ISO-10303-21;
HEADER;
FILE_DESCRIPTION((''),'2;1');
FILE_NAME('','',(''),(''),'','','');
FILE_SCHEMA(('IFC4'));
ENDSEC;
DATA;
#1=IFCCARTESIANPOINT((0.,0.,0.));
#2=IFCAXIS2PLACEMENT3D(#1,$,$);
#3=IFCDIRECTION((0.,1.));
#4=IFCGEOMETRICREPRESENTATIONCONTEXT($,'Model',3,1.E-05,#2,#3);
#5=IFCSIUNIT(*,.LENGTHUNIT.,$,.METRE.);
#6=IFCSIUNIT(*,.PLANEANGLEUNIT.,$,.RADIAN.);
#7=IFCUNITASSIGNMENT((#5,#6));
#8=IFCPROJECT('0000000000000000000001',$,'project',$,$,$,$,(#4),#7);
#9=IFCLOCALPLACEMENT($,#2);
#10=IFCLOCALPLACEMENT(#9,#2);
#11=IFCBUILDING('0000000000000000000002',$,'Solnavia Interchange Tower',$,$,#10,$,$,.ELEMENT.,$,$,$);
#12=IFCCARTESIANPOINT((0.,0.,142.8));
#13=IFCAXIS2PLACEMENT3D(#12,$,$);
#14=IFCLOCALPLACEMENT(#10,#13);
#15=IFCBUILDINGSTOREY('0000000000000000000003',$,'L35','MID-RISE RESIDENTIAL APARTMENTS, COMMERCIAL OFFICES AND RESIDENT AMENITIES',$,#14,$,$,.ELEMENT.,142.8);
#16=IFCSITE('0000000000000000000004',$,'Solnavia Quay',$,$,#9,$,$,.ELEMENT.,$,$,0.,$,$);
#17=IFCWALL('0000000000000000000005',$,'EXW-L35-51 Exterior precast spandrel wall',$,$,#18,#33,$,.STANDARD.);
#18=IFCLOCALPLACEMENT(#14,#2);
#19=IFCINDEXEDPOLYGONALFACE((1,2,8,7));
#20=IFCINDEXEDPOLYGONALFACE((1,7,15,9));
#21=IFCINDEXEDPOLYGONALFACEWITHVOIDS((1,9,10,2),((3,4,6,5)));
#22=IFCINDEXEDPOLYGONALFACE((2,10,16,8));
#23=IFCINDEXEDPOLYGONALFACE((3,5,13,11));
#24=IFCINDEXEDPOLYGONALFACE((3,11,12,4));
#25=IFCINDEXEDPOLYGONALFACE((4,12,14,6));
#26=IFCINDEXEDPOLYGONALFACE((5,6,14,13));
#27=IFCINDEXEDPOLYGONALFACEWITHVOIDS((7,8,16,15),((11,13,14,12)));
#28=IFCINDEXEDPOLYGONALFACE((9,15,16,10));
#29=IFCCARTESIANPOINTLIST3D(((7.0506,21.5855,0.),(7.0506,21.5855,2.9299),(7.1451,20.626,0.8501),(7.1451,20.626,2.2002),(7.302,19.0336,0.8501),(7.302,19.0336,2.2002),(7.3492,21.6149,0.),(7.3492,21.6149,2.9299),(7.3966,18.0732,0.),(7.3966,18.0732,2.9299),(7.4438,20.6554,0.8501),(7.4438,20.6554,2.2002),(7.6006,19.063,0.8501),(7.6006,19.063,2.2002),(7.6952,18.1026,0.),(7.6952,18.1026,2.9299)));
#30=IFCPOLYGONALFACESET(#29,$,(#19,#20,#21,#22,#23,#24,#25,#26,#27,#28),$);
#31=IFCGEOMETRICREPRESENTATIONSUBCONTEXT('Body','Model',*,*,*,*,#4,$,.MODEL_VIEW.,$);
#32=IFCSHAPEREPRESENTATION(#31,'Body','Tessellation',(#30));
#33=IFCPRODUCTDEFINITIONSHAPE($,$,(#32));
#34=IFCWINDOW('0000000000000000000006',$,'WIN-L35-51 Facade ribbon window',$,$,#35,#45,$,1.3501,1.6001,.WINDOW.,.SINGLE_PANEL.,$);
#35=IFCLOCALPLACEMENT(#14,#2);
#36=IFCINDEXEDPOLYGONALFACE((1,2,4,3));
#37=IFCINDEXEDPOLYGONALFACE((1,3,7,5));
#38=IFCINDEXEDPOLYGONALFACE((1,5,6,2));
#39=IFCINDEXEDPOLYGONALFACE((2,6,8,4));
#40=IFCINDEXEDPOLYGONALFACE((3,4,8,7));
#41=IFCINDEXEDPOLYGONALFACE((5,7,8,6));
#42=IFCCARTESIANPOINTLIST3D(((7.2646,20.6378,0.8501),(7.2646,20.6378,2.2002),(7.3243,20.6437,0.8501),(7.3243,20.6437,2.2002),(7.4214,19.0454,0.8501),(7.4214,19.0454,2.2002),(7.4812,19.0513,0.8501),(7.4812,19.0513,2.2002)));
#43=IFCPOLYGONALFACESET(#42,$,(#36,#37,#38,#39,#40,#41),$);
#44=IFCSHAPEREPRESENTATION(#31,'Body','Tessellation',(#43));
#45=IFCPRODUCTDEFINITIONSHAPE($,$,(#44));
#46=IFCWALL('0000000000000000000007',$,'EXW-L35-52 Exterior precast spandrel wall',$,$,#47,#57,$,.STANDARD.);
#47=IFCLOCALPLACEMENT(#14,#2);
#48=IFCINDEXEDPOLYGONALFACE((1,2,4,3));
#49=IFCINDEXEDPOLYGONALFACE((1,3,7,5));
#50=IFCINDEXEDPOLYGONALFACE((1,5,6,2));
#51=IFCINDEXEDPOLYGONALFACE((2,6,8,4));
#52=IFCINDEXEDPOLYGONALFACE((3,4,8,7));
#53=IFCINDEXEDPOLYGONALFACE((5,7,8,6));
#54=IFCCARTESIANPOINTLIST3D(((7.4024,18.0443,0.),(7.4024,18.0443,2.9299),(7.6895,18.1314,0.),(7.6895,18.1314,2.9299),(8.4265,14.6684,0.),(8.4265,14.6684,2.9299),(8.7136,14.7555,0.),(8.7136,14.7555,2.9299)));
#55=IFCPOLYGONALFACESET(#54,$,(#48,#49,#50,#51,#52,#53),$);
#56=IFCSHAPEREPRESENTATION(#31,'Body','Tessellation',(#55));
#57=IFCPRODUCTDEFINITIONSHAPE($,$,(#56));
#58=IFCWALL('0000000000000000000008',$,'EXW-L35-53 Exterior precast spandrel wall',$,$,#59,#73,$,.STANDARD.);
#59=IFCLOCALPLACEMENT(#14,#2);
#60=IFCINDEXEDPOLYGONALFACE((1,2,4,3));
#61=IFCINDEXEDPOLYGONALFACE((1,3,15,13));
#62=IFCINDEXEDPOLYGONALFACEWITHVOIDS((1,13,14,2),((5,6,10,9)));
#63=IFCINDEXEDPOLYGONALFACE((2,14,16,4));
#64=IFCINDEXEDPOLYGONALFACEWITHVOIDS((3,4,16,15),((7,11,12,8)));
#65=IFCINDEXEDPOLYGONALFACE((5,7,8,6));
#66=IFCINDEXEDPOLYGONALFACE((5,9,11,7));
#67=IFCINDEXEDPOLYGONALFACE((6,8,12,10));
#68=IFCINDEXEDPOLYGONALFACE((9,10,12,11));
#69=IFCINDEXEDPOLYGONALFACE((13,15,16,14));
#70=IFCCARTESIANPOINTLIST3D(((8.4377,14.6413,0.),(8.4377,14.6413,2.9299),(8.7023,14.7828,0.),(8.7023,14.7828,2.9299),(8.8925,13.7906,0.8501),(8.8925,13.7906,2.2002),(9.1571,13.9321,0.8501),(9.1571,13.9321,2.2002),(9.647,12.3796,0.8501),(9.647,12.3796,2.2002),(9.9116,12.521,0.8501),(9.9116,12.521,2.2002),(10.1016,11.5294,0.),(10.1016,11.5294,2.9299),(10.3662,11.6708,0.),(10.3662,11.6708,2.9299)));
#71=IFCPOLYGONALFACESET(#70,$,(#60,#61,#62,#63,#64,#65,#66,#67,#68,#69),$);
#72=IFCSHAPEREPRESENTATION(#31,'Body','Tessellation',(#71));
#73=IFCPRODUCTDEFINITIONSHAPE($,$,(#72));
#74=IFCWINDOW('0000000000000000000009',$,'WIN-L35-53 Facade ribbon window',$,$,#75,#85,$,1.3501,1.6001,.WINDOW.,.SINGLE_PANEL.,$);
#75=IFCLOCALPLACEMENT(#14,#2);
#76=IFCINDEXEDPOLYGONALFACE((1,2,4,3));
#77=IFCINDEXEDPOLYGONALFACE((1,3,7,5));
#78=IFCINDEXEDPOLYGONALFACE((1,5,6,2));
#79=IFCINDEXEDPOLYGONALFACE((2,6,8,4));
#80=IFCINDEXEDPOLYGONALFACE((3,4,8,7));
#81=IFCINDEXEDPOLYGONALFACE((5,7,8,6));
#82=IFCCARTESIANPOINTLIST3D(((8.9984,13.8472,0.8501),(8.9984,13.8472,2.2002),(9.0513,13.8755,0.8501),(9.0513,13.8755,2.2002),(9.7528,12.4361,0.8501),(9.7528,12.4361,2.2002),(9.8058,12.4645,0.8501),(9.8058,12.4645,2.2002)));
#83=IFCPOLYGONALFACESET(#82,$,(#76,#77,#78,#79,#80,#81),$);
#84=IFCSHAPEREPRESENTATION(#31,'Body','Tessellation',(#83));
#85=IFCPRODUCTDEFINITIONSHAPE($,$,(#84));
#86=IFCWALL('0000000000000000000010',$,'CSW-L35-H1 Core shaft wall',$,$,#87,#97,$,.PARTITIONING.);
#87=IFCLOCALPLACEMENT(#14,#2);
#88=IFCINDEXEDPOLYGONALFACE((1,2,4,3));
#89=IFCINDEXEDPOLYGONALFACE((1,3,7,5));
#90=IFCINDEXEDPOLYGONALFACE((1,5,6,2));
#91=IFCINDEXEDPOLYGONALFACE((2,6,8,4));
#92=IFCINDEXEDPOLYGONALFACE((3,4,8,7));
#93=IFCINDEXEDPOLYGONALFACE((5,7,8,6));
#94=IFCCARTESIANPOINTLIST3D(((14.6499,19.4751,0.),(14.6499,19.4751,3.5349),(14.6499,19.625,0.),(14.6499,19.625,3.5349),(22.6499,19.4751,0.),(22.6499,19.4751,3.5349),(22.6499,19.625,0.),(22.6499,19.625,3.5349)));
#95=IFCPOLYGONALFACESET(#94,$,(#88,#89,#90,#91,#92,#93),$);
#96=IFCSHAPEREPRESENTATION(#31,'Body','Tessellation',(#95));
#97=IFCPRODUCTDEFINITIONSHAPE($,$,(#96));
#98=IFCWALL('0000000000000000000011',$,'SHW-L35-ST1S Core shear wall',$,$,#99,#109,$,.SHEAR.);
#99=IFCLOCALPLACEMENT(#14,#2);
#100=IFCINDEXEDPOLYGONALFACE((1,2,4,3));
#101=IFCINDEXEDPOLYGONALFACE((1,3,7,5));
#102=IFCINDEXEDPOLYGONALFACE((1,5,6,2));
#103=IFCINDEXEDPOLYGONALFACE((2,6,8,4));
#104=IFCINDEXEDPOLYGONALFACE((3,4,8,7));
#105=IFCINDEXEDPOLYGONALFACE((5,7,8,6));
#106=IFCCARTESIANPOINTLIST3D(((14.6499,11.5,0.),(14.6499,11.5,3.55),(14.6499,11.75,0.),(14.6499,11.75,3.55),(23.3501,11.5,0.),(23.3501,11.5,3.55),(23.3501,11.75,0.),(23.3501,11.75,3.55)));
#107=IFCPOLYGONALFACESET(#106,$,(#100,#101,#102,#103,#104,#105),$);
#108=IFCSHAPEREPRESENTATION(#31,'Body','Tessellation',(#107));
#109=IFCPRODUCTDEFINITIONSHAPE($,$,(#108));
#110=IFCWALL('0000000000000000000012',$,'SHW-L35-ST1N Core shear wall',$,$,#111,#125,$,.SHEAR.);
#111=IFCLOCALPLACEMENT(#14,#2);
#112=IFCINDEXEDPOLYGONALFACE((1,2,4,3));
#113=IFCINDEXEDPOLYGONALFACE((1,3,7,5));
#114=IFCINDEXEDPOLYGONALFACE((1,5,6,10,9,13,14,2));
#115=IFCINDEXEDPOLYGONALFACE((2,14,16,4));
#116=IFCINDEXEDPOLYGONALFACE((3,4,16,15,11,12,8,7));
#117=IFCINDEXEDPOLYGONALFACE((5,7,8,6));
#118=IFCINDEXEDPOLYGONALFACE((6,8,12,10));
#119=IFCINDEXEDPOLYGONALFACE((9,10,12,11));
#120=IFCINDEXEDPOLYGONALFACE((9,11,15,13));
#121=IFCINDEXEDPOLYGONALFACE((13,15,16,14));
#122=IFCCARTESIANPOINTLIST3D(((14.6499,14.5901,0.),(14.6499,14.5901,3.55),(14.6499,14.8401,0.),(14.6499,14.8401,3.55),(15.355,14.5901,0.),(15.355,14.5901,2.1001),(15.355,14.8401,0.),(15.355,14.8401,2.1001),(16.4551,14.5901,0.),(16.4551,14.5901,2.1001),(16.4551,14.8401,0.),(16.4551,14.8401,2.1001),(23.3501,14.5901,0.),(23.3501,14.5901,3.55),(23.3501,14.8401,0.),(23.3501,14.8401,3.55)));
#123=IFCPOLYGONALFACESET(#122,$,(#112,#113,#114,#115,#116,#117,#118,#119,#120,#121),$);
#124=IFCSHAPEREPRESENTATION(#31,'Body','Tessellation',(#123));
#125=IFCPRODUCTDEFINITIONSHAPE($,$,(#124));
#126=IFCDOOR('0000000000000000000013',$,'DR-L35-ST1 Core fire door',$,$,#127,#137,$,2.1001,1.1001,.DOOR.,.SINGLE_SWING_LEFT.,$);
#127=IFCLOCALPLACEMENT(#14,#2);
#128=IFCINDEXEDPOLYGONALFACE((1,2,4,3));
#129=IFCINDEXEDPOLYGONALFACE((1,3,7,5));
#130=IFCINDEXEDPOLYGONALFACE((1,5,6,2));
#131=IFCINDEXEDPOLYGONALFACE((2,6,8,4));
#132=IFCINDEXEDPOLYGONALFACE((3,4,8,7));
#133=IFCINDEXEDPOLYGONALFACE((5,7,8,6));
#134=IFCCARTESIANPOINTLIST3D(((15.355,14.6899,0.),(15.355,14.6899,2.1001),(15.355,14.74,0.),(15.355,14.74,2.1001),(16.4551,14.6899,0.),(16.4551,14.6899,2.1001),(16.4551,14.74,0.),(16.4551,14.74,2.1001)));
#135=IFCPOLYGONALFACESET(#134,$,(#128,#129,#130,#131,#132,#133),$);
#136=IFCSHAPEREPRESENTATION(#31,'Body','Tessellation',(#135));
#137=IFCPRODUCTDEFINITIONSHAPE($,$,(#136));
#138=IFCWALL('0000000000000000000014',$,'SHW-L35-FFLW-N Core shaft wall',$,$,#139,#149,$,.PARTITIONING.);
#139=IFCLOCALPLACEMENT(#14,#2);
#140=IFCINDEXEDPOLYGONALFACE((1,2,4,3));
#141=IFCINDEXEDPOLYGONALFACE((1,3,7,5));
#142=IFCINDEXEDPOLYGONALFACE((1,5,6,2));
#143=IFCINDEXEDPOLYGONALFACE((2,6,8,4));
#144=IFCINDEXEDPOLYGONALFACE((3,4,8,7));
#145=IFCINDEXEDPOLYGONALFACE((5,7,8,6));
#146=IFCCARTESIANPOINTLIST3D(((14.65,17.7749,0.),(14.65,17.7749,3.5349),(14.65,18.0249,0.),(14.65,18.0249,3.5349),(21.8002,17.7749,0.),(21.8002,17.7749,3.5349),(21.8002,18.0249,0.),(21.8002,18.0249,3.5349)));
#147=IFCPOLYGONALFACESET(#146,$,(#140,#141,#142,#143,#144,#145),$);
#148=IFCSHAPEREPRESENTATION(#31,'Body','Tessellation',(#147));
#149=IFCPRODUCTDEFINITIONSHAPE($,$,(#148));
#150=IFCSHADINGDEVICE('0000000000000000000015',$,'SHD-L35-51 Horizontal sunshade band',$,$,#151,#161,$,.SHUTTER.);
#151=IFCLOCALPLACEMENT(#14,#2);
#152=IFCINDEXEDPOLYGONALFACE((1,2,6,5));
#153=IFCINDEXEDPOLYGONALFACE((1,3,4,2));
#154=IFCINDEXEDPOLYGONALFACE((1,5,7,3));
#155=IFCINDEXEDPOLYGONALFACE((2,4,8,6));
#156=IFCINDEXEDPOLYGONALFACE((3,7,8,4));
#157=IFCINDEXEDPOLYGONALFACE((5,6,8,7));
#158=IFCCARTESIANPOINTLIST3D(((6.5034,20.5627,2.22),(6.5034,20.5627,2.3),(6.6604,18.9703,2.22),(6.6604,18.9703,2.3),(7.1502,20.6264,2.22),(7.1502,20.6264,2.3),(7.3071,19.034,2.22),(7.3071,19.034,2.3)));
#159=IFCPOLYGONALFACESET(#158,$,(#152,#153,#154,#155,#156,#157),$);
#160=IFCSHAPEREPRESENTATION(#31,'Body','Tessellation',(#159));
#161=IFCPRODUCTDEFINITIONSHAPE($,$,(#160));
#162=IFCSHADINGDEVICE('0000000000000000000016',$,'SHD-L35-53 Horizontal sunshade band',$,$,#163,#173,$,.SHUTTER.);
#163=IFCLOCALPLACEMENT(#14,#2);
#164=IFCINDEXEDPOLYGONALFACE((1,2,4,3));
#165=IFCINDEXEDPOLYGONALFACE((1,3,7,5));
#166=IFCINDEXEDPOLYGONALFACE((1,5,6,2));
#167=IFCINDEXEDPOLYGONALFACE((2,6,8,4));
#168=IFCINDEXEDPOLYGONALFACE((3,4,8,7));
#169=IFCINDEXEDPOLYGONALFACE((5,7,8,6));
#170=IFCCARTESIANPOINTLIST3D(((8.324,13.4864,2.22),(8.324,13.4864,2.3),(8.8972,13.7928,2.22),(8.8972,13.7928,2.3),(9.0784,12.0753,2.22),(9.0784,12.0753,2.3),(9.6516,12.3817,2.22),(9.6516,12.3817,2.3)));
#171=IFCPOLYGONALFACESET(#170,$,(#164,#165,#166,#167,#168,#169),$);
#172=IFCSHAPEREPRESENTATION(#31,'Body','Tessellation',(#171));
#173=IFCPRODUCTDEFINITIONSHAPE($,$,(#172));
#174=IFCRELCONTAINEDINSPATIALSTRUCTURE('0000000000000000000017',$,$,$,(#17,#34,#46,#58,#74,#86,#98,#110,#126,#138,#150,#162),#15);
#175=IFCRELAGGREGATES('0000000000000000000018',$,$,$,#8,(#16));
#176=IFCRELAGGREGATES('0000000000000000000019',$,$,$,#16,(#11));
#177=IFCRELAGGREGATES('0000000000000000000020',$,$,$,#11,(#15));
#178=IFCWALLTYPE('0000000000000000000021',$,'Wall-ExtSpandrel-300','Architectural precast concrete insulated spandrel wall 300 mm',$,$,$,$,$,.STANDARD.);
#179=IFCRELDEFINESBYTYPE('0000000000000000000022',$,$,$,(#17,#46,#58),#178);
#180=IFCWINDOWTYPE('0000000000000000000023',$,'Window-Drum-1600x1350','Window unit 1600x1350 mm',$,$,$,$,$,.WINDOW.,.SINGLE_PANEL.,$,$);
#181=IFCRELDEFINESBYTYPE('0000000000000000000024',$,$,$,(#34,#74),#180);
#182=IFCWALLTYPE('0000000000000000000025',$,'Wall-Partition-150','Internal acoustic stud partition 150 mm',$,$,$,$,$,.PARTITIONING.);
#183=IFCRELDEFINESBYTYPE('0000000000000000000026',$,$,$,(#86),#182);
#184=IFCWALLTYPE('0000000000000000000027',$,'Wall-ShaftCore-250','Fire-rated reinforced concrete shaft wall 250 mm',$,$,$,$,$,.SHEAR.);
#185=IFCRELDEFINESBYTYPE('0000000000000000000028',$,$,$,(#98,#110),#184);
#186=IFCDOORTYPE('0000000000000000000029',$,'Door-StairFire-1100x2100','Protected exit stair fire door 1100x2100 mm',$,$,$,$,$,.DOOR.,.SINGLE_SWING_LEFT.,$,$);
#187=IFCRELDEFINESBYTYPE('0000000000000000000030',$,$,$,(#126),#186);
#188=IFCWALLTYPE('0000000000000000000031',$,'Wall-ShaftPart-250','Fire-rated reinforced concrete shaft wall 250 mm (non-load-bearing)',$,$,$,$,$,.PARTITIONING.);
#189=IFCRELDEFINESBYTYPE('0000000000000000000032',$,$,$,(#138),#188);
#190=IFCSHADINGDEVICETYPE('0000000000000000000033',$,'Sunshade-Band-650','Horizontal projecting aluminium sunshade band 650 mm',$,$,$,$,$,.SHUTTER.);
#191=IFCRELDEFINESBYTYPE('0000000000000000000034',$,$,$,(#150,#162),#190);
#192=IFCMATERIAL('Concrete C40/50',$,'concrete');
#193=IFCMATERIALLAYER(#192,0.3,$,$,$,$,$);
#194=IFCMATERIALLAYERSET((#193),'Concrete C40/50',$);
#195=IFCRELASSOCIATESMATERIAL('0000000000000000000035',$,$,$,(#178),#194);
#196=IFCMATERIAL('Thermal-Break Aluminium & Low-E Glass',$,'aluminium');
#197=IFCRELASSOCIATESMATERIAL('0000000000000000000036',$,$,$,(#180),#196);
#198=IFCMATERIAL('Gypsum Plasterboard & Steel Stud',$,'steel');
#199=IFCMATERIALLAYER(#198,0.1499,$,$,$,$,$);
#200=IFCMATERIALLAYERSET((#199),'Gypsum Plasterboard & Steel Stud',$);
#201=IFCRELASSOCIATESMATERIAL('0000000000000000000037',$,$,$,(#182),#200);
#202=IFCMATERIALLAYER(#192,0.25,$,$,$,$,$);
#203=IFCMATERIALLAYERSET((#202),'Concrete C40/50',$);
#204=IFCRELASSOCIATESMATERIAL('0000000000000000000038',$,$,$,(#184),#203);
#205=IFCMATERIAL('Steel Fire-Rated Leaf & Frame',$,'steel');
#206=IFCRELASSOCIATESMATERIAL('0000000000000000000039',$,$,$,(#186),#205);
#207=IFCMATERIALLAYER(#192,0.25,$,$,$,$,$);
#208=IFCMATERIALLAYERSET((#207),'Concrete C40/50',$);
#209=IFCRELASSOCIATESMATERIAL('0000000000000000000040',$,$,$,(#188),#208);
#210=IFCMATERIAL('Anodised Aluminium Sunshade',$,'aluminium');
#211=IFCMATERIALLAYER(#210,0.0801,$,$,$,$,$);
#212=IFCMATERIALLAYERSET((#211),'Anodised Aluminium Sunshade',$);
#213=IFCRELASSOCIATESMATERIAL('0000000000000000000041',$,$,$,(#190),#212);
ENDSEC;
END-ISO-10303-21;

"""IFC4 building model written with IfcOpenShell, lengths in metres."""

from ifc_helpers import new_model, si_unit, direction, frame, frame_2d, origin, origin_2d, place, context, subcontext, project, spatial, rectangle, extrude, material, layer, layer_set, type_object, element, fill, save


model = new_model("IFC4")

# Units and contexts
model_context = context("Model", 3, precision=1e-05, world=origin(), true_north=direction((0.0, 1.0)))
body_context = subcontext(model_context, "Body", "Model", "MODEL_VIEW")
ifc_project = project(units=[si_unit("LENGTHUNIT", "METRE"), si_unit("PLANEANGLEUNIT", "RADIAN")], contexts=[model_context])

# Site, building, storey
site_placement = place(None, origin())
site = spatial("IfcSite", under=ifc_project, at=site_placement, Name="Solnavia Quay", CompositionType="ELEMENT", RefElevation=0.0)
building_placement = place(site_placement, origin())
building = spatial("IfcBuilding", under=site, at=building_placement, Name="Solnavia Interchange Tower", CompositionType="ELEMENT")
storey_placement = place(building_placement, frame((0.0, 0.0, 142.8)))
storey = spatial("IfcBuildingStorey", under=building, at=storey_placement, Name="L35", Description="MID-RISE RESIDENTIAL APARTMENTS, COMMERCIAL OFFICES AND RESIDENT AMENITIES", CompositionType="ELEMENT", Elevation=142.8)

# Wall, opening, window
ifc_material_1 = material(Name="Concrete C40/50", Category="concrete")
ifc_layer_1 = layer(ifc_material_1, 0.3)
ifc_layer_set_1 = layer_set([ifc_layer_1], Name="Concrete C40/50")
wall_type_1 = type_object("IfcWallType", Name="Wall-ExtSpandrel-300", Description="Architectural precast concrete insulated spandrel wall 300 mm", PredefinedType="STANDARD", material=ifc_layer_set_1)
ifc_material_2 = material(Name="Thermal-Break Aluminium & Low-E Glass", Category="aluminium")
wall_1_placement = place(storey_placement, frame((7.5459, 18.0879, 0.0), z_axis=(0.0, 0.0, 1.0), x_axis=(-0.098024, 0.995184, 0.0)))
wall_1 = element("IfcWall", 1, at=wall_1_placement, inside=storey, type_object=wall_type_1, Name="EXW-L35-51 Exterior precast spandrel wall", PredefinedType="STANDARD", context=body_context, shape_type="SweptSolid", body=[
    extrude(rectangle(XDim=3.5293, YDim=0.3, at=frame_2d((1.7646, 0.0))), origin(), (0.0, 0.0, 1.0), 2.9299),
])
opening_1_placement = place(wall_1_placement, frame((0.9651, 0.0, 0.8501)))
opening_1 = element("IfcOpeningElement", 2, at=opening_1_placement, cuts=wall_1, PredefinedType="OPENING", context=body_context, shape_type="SweptSolid", body=[
    extrude(rectangle(XDim=1.6001, YDim=1.3501, at=frame_2d((0.8, 0.675))), frame((0.0, 0.1602, 0.0), z_axis=(0.0, -1.0, 0.0), x_axis=(1.0, 0.0, 0.0)), (0.0, 0.0, 1.0), 0.3201),
])
window_type_1 = type_object("IfcWindowType", Name="Window-Drum-1600x1350", Description="Window unit 1600x1350 mm", PartitioningType="SINGLE_PANEL", PredefinedType="WINDOW", material=ifc_material_2)
window_1_placement = place(opening_1_placement, origin())
window_1 = element("IfcWindow", 3, at=window_1_placement, inside=storey, type_object=window_type_1, Name="WIN-L35-51 Facade ribbon window", OverallHeight=1.3501, OverallWidth=1.6001, PartitioningType="SINGLE_PANEL", PredefinedType="WINDOW", context=body_context, shape_type="SweptSolid", body=[
    extrude(rectangle(XDim=1.6001, YDim=1.3501, at=frame_2d((0.8, 0.675))), frame((0.0, 0.03, 0.0), z_axis=(0.0, -1.0, 0.0), x_axis=(1.0, 0.0, 0.0)), (0.0, 0.0, 1.0), 0.0601),
])
fill(opening_1, window_1)

# Wall
wall_2_placement = place(storey_placement, frame((8.5701, 14.7119, 0.0), z_axis=(0.0, 0.0, 1.0), x_axis=(-0.290305, 0.956934, 0.0)))
element("IfcWall", 4, at=wall_2_placement, inside=storey, type_object=wall_type_1, Name="EXW-L35-52 Exterior precast spandrel wall", PredefinedType="STANDARD", context=body_context, shape_type="SweptSolid", body=[
    extrude(rectangle(XDim=3.5278, YDim=0.3, at=frame_2d((1.7639, 0.0))), origin(), (0.0, 0.0, 1.0), 2.9299),
])

# Wall, opening, window
wall_3_placement = place(storey_placement, frame((10.2339, 11.6001, 0.0), z_axis=(0.0, 0.0, 1.0), x_axis=(-0.471511, 0.88186, 0.0)))
wall_3 = element("IfcWall", 5, at=wall_3_placement, inside=storey, type_object=wall_type_1, Name="EXW-L35-53 Exterior precast spandrel wall", PredefinedType="STANDARD", context=body_context, shape_type="SweptSolid", body=[
    extrude(rectangle(XDim=3.5288, YDim=0.3, at=frame_2d((1.7644, 0.0))), origin(), (0.0, 0.0, 1.0), 2.9299),
])
opening_2_placement = place(wall_3_placement, frame((0.9641, 0.0, 0.8501)))
opening_2 = element("IfcOpeningElement", 6, at=opening_2_placement, cuts=wall_3, PredefinedType="OPENING", context=body_context, shape_type="SweptSolid", body=[
    extrude(rectangle(XDim=1.6001, YDim=1.3501, at=frame_2d((0.8, 0.675))), frame((0.0, 0.1602, 0.0), z_axis=(0.0, -1.0, 0.0), x_axis=(1.0, 0.0, 0.0)), (0.0, 0.0, 1.0), 0.3201),
])
window_2_placement = place(opening_2_placement, origin())
window_2 = element("IfcWindow", 7, at=window_2_placement, inside=storey, type_object=window_type_1, Name="WIN-L35-53 Facade ribbon window", OverallHeight=1.3501, OverallWidth=1.6001, PartitioningType="SINGLE_PANEL", PredefinedType="WINDOW", context=body_context, shape_type="SweptSolid", body=[
    extrude(rectangle(XDim=1.6001, YDim=1.3501, at=frame_2d((0.8, 0.675))), frame((0.0, 0.03, 0.0), z_axis=(0.0, -1.0, 0.0), x_axis=(1.0, 0.0, 0.0)), (0.0, 0.0, 1.0), 0.0601),
])
fill(opening_2, window_2)

# Walls
ifc_material_3 = material(Name="Gypsum Plasterboard & Steel Stud", Category="steel")
ifc_layer_2 = layer(ifc_material_3, 0.1499)
ifc_layer_set_2 = layer_set([ifc_layer_2], Name="Gypsum Plasterboard & Steel Stud")
wall_type_2 = type_object("IfcWallType", Name="Wall-Partition-150", Description="Internal acoustic stud partition 150 mm", PredefinedType="PARTITIONING", material=ifc_layer_set_2)
wall_4_placement = place(storey_placement, frame((14.6499, 19.55, 0.0), z_axis=(0.0, 0.0, 1.0), x_axis=(1.0, 0.0, 0.0)))
element("IfcWall", 8, at=wall_4_placement, inside=storey, type_object=wall_type_2, Name="CSW-L35-H1 Core shaft wall", PredefinedType="PARTITIONING", context=body_context, shape_type="SweptSolid", body=[
    extrude(rectangle(XDim=8.0, YDim=0.1499, at=frame_2d((4.0, 0.0))), origin(), (0.0, 0.0, 1.0), 3.5349),
])
ifc_layer_3 = layer(ifc_material_1, 0.25)
ifc_layer_set_3 = layer_set([ifc_layer_3], Name="Concrete C40/50")
wall_type_3 = type_object("IfcWallType", Name="Wall-ShaftCore-250", Description="Fire-rated reinforced concrete shaft wall 250 mm", PredefinedType="SHEAR", material=ifc_layer_set_3)
wall_5_placement = place(storey_placement, frame((14.6499, 11.625, 0.0), z_axis=(0.0, 0.0, 1.0), x_axis=(1.0, 0.0, 0.0)))
element("IfcWall", 9, at=wall_5_placement, inside=storey, type_object=wall_type_3, Name="SHW-L35-ST1S Core shear wall", PredefinedType="SHEAR", context=body_context, shape_type="SweptSolid", body=[
    extrude(rectangle(XDim=8.7002, YDim=0.25, at=frame_2d((4.3501, 0.0))), origin(), (0.0, 0.0, 1.0), 3.55),
])

# Wall, opening, door
wall_6_placement = place(storey_placement, frame((14.6499, 14.7151, 0.0), z_axis=(0.0, 0.0, 1.0), x_axis=(1.0, 0.0, 0.0)))
wall_6 = element("IfcWall", 10, at=wall_6_placement, inside=storey, type_object=wall_type_3, Name="SHW-L35-ST1N Core shear wall", PredefinedType="SHEAR", context=body_context, shape_type="SweptSolid", body=[
    extrude(rectangle(XDim=8.7002, YDim=0.25, at=frame_2d((4.3501, 0.0))), origin(), (0.0, 0.0, 1.0), 3.55),
])
opening_3_placement = place(wall_6_placement, frame((0.7051, 0.0, 0.0)))
opening_3 = element("IfcOpeningElement", 11, at=opening_3_placement, cuts=wall_6, PredefinedType="OPENING", context=body_context, shape_type="SweptSolid", body=[
    extrude(rectangle(XDim=1.1001, YDim=2.1001, at=frame_2d((0.55, 1.05))), frame((0.0, 0.135, 0.0), z_axis=(0.0, -1.0, 0.0), x_axis=(1.0, 0.0, 0.0)), (0.0, 0.0, 1.0), 0.27),
])
ifc_material_4 = material(Name="Steel Fire-Rated Leaf & Frame", Category="steel")
door_type_1 = type_object("IfcDoorType", Name="Door-StairFire-1100x2100", Description="Protected exit stair fire door 1100x2100 mm", OperationType="SINGLE_SWING_LEFT", PredefinedType="DOOR", material=ifc_material_4)
door_1_placement = place(opening_3_placement, origin())
door_1 = element("IfcDoor", 12, at=door_1_placement, inside=storey, type_object=door_type_1, Name="DR-L35-ST1 Core fire door", OperationType="SINGLE_SWING_LEFT", OverallHeight=2.1001, OverallWidth=1.1001, PredefinedType="DOOR", context=body_context, shape_type="SweptSolid", body=[
    extrude(rectangle(XDim=1.1001, YDim=2.1001, at=frame_2d((0.55, 1.05))), frame((0.0, 0.0249, 0.0), z_axis=(0.0, -1.0, 0.0), x_axis=(1.0, 0.0, 0.0)), (0.0, 0.0, 1.0), 0.05),
])
fill(opening_3, door_1)

# Wall
ifc_layer_4 = layer(ifc_material_1, 0.25)
ifc_layer_set_4 = layer_set([ifc_layer_4], Name="Concrete C40/50")
wall_type_4 = type_object("IfcWallType", Name="Wall-ShaftPart-250", Description="Fire-rated reinforced concrete shaft wall 250 mm (non-load-bearing)", PredefinedType="PARTITIONING", material=ifc_layer_set_4)
wall_7_placement = place(storey_placement, frame((14.6499, 17.8999, 0.0), z_axis=(0.0, 0.0, 1.0), x_axis=(1.0, 0.0, 0.0)))
element("IfcWall", 13, at=wall_7_placement, inside=storey, type_object=wall_type_4, Name="SHW-L35-FFLW-N Core shaft wall", PredefinedType="PARTITIONING", context=body_context, shape_type="SweptSolid", body=[
    extrude(rectangle(XDim=7.1501, YDim=0.25, at=frame_2d((3.5752, 0.0))), origin(), (0.0, 0.0, 1.0), 3.5349),
])

# Shading devices
ifc_material_5 = material(Name="Anodised Aluminium Sunshade", Category="aluminium")
ifc_layer_5 = layer(ifc_material_5, 0.0801)
ifc_layer_set_5 = layer_set([ifc_layer_5], Name="Anodised Aluminium Sunshade")
shading_device_type = type_object("IfcShadingDeviceType", Name="Sunshade-Band-650", Description="Horizontal projecting aluminium sunshade band 650 mm", PredefinedType="SHUTTER", material=ifc_layer_set_5)
for number, where, z_axis, x_axis, name in (
    (14, (6.9053, 19.7983, 2.22), (0.0, 0.0, 1.0), (-0.098104, 0.995176, 0.0), "SHD-L35-51 Horizontal sunshade band"),
    (15, (8.9878, 12.9341, 2.22), (0.0, 0.0, 1.0), (-0.471474, 0.88188, 0.0), "SHD-L35-53 Horizontal sunshade band"),
):
    element("IfcShadingDevice", number, at=place(storey_placement, frame(where, z_axis=z_axis, x_axis=x_axis)), inside=storey, type_object=shading_device_type, Name=name, PredefinedType="SHUTTER", context=body_context, shape_type="SweptSolid", body=[
        extrude(rectangle(XDim=1.6001, YDim=0.6499, at=origin_2d()), origin(), (0.0, 0.0, 1.0), 0.0801),
    ])

save(model, "model.ifc")
